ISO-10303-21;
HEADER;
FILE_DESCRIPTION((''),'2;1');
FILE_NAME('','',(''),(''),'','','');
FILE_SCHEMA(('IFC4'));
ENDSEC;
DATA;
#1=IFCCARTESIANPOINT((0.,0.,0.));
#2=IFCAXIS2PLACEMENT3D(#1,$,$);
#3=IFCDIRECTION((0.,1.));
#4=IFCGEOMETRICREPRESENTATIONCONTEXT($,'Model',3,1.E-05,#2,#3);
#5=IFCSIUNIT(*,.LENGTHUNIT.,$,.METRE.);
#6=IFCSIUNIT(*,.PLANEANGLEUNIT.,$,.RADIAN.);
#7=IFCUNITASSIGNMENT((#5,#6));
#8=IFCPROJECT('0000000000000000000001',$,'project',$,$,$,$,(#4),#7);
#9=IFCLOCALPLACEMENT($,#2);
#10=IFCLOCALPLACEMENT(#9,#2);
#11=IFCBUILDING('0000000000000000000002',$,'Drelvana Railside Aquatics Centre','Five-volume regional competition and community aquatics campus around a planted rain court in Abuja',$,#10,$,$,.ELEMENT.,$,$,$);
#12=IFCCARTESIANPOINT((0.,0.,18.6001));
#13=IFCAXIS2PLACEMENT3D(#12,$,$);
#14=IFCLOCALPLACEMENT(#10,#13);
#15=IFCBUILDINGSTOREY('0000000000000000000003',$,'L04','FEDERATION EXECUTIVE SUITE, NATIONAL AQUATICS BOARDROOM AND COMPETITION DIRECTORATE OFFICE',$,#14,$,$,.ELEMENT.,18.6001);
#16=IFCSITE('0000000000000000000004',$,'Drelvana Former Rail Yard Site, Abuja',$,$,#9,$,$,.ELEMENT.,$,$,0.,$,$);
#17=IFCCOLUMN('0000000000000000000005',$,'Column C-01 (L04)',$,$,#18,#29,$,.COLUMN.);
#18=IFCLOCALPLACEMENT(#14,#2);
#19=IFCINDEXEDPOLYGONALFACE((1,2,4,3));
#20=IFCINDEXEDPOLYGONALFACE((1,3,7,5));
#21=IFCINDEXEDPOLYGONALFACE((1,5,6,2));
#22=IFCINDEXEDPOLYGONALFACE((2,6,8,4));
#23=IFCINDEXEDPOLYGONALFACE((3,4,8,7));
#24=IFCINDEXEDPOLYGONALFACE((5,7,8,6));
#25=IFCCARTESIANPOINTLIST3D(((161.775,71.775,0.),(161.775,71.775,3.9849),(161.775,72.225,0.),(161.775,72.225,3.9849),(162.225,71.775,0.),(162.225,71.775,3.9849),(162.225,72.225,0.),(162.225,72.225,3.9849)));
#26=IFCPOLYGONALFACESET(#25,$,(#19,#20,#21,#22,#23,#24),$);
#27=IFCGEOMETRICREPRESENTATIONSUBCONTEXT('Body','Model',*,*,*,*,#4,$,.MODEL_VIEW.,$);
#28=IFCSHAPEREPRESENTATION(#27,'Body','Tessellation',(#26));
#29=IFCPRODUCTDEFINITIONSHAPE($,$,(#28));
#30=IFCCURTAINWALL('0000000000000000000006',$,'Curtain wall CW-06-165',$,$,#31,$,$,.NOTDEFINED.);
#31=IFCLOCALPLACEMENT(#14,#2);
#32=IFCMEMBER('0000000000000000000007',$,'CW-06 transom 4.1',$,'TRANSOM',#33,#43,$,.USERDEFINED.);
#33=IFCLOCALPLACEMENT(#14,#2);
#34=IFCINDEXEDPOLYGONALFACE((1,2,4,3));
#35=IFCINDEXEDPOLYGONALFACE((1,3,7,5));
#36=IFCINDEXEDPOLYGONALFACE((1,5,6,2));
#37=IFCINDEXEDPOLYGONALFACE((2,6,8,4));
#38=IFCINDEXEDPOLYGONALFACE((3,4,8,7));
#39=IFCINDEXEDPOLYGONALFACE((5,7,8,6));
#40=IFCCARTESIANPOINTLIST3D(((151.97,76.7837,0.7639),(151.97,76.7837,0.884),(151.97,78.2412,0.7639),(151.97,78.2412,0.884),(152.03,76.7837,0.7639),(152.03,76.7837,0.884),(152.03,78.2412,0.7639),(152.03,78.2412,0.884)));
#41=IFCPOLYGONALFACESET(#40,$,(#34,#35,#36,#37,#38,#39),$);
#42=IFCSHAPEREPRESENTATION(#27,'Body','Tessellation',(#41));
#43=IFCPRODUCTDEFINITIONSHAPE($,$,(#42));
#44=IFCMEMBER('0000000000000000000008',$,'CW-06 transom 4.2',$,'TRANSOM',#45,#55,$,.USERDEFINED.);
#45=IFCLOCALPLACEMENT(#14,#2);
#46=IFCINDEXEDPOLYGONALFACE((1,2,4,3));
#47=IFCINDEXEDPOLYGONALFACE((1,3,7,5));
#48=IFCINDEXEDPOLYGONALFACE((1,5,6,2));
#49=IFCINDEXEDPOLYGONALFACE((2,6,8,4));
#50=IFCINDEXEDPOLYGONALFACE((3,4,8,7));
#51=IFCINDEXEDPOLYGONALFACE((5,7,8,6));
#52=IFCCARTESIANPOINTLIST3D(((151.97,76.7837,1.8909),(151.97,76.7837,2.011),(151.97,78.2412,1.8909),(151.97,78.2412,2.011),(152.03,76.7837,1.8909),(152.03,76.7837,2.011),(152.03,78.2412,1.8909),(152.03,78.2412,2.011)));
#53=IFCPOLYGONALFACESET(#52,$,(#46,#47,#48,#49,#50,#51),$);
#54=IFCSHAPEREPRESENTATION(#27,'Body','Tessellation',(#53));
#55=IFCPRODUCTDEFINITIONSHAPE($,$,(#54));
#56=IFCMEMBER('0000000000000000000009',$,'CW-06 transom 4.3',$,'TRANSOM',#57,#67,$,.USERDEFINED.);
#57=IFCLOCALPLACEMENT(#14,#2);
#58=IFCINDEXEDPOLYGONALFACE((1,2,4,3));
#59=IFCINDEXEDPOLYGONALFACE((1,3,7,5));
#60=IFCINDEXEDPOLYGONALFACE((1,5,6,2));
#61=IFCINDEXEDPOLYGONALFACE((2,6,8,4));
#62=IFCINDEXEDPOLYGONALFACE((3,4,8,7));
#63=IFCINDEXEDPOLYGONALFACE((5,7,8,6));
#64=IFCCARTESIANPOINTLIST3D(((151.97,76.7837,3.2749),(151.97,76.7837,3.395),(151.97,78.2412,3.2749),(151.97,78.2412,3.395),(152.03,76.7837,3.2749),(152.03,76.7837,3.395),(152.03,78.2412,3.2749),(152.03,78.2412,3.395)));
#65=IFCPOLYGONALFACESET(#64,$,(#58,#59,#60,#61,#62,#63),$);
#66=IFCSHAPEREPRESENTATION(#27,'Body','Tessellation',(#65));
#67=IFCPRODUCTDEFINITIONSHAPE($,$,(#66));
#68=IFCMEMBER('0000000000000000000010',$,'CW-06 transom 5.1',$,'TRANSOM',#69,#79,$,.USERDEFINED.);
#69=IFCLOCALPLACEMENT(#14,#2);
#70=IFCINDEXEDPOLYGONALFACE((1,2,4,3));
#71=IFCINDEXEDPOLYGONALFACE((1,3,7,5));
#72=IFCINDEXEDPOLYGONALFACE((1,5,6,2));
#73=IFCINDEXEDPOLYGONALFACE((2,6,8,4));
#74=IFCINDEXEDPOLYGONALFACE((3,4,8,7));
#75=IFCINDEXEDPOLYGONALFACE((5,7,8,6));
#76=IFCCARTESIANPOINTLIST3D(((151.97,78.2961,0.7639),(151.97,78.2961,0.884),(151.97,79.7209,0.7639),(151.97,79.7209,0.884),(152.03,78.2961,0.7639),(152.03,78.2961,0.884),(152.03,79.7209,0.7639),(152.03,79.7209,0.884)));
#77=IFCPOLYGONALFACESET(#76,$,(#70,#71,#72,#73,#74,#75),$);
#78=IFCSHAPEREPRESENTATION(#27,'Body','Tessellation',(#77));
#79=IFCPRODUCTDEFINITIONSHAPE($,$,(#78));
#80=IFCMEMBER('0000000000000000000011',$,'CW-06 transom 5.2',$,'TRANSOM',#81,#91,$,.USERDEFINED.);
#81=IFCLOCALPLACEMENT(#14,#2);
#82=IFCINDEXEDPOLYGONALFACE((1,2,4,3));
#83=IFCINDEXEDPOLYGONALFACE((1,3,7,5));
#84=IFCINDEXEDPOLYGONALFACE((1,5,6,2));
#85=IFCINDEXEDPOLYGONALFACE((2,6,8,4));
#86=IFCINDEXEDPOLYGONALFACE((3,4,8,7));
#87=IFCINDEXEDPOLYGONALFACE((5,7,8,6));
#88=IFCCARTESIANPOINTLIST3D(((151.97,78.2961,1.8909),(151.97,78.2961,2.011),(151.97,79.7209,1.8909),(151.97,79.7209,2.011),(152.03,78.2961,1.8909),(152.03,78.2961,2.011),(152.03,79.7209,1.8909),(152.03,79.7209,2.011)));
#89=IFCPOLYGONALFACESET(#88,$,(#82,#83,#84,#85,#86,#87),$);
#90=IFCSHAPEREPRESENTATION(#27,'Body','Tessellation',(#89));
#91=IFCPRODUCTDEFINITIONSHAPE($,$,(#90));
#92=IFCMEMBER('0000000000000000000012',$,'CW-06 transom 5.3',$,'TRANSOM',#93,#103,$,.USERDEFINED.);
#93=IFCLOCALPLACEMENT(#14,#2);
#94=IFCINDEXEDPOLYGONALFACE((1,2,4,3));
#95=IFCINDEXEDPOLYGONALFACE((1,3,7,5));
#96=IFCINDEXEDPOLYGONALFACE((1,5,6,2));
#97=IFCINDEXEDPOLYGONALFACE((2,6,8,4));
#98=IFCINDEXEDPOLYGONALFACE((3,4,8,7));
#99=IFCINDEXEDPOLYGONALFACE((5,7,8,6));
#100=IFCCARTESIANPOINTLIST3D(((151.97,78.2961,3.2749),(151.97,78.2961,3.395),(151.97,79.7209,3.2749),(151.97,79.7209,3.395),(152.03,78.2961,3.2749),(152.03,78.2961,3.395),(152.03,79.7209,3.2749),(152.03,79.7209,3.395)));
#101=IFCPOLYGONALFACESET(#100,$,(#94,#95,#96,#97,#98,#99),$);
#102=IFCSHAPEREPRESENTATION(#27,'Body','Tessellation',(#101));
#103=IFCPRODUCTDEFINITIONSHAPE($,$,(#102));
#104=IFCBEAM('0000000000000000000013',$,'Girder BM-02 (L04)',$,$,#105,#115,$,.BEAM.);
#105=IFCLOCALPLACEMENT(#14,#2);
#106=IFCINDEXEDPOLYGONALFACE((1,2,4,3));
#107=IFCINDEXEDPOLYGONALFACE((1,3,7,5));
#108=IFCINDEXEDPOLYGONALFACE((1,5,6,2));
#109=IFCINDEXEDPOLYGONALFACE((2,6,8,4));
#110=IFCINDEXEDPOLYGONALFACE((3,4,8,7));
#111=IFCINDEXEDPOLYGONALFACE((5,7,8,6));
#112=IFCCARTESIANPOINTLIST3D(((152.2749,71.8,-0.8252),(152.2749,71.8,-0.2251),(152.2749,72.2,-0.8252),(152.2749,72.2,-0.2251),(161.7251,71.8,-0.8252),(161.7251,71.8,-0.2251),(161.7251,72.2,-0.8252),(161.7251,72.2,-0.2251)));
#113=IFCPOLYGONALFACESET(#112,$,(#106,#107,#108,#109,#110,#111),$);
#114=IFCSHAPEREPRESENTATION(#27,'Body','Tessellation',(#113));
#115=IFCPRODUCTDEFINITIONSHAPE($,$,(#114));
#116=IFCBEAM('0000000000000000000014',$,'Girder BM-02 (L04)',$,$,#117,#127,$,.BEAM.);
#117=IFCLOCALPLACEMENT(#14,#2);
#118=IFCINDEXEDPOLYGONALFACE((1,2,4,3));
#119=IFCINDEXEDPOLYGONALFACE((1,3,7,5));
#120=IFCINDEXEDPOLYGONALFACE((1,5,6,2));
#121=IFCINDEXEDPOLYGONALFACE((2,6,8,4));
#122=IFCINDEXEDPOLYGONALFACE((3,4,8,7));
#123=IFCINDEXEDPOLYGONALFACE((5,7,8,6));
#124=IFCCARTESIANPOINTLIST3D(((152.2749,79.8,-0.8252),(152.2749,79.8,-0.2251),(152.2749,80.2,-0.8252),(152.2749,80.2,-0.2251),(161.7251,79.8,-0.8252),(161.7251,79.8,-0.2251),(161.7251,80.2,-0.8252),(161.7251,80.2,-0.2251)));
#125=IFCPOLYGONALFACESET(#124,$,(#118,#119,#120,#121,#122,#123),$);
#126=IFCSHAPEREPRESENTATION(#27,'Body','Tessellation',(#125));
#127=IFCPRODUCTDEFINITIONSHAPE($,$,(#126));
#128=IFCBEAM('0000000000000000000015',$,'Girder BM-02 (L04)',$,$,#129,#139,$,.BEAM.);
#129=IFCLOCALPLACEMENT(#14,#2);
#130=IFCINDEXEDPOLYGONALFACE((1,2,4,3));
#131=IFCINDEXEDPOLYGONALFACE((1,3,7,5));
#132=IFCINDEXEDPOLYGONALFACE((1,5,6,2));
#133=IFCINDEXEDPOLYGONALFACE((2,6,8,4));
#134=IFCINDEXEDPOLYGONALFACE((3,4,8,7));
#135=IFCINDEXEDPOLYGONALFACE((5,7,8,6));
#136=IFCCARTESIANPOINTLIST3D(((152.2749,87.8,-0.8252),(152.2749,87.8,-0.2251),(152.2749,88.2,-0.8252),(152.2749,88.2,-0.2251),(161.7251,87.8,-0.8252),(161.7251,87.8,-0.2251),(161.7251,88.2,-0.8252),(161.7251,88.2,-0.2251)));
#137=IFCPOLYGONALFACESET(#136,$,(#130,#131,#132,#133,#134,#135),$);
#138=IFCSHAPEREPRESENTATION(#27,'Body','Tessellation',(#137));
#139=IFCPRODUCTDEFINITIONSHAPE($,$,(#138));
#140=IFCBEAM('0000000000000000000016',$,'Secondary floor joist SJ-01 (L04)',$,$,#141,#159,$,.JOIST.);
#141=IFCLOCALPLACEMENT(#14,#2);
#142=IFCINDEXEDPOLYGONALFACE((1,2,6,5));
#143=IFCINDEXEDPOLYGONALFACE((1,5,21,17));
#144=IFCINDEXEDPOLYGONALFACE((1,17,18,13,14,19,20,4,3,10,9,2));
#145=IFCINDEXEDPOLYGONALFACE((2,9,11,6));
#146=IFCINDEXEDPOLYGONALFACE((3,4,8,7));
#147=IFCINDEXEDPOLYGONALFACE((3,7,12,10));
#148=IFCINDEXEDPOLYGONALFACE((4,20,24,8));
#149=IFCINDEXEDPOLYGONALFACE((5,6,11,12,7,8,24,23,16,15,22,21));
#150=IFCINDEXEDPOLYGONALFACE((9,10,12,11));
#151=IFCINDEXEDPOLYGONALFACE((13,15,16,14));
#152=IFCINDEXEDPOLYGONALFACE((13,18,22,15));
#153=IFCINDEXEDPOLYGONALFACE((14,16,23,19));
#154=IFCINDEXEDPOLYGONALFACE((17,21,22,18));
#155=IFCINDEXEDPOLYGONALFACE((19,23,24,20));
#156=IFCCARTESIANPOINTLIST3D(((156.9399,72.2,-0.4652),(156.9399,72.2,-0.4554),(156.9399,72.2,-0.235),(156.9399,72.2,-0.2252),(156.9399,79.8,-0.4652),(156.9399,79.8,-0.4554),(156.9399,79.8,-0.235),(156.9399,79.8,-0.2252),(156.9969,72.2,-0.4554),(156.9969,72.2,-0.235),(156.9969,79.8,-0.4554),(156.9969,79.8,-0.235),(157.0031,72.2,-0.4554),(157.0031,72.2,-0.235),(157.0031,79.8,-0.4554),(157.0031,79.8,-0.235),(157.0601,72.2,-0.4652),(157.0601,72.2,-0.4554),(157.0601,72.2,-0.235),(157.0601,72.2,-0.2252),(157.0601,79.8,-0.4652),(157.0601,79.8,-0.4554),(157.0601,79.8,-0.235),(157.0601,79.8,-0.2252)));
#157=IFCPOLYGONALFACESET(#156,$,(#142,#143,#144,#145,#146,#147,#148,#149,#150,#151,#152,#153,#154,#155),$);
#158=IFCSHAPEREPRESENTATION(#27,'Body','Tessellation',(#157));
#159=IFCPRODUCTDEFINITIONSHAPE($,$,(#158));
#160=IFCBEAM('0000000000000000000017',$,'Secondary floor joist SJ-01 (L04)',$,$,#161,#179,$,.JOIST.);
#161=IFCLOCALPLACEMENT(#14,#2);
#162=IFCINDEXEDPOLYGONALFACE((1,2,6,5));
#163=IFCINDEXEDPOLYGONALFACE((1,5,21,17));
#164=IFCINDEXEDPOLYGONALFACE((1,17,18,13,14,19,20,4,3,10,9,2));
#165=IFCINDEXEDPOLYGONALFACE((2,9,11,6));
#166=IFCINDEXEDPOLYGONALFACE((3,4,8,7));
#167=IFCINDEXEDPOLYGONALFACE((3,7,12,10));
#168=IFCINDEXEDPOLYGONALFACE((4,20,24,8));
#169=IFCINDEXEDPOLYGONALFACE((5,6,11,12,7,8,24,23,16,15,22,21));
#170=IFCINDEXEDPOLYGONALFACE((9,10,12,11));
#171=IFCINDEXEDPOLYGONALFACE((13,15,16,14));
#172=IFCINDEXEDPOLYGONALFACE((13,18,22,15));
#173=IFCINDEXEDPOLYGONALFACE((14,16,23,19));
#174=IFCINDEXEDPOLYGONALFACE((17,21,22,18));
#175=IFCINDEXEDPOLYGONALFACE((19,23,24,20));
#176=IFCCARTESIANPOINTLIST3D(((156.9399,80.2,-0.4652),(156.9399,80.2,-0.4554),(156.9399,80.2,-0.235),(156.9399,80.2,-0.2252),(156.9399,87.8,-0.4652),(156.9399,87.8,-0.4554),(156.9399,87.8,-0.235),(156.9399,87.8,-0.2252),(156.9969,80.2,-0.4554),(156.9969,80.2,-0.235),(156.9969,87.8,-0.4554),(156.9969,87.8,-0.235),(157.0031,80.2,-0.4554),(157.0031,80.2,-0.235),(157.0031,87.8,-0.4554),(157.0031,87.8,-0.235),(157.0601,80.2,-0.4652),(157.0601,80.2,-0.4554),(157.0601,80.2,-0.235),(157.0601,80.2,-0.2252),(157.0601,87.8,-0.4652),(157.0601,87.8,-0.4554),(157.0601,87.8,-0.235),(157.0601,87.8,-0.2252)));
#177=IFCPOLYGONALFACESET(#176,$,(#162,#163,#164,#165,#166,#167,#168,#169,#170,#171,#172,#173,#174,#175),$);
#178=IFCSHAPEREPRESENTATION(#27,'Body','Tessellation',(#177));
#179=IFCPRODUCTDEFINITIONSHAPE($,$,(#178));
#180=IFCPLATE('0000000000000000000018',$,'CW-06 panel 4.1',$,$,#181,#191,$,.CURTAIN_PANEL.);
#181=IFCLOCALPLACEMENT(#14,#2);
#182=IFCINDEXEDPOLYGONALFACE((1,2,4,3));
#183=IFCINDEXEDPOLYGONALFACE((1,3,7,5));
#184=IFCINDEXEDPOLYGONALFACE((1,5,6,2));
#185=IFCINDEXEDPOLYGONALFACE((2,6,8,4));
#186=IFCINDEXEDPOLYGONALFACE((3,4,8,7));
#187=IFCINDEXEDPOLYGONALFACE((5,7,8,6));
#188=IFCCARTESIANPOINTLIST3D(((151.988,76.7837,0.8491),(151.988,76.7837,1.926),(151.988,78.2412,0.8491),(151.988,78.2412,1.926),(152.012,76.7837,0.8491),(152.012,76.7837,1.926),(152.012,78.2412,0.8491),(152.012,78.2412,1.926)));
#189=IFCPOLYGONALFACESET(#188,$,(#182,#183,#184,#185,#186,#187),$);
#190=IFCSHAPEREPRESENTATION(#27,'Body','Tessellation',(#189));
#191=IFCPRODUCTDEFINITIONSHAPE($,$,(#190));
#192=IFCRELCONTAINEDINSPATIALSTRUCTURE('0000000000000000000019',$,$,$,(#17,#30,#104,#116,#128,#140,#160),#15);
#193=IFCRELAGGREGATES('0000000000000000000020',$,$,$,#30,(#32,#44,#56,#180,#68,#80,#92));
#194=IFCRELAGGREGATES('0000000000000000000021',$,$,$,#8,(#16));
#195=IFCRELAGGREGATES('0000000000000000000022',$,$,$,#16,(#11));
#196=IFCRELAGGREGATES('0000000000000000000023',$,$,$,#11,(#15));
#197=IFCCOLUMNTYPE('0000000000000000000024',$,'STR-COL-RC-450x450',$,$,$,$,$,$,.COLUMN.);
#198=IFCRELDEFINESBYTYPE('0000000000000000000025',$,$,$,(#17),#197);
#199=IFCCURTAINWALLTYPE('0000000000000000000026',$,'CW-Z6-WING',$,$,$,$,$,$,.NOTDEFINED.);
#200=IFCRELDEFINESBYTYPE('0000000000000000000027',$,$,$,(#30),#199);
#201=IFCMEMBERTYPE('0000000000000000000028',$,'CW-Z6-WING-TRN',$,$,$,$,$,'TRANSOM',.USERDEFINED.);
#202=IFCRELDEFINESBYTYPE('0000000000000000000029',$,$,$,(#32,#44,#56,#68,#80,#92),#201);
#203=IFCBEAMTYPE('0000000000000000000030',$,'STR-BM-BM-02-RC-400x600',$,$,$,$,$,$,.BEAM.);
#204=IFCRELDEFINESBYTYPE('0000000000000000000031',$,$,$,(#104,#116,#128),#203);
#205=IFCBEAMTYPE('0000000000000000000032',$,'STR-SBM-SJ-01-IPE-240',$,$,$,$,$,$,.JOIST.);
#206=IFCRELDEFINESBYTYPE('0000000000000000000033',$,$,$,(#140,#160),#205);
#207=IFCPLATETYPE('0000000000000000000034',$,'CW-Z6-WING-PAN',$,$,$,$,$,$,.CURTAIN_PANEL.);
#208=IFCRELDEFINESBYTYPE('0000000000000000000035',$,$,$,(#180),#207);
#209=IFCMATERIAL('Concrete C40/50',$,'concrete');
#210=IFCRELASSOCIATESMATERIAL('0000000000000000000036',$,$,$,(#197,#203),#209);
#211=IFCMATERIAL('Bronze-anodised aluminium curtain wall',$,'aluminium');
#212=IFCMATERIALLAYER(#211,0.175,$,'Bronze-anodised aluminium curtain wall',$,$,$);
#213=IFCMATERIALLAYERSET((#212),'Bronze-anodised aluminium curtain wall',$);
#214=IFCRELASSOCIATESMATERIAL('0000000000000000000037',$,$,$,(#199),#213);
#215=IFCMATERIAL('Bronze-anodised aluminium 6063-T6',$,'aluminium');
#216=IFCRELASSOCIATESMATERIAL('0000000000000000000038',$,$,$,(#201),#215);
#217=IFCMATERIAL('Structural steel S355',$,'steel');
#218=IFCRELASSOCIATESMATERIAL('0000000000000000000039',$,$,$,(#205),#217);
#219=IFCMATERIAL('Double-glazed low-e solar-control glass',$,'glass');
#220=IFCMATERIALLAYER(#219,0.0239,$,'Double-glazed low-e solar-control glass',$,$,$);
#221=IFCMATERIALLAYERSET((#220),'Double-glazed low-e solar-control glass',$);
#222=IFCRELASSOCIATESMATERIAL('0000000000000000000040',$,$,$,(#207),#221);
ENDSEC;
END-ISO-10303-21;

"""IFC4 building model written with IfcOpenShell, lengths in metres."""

from ifc_helpers import new_model, si_unit, direction, frame, origin, origin_2d, place, context, subcontext, project, spatial, rectangle, i_section, extrude, material, layer, layer_set, material_profile, profile_set, type_object, element, aggregate, save


model = new_model("IFC4")

# Units and contexts
model_context = context("Model", 3, precision=1e-05, world=origin(), true_north=direction((0.0, 1.0)))
body_context = subcontext(model_context, "Body", "Model", "MODEL_VIEW")
ifc_project = project(units=[si_unit("LENGTHUNIT", "METRE"), si_unit("PLANEANGLEUNIT", "RADIAN")], contexts=[model_context])

# Site, building, storey
site_placement = place(None, origin())
site = spatial("IfcSite", under=ifc_project, at=site_placement, Name="Drelvana Former Rail Yard Site, Abuja", CompositionType="ELEMENT", RefElevation=0.0)
building_placement = place(site_placement, origin())
building = spatial("IfcBuilding", under=site, at=building_placement, Name="Drelvana Railside Aquatics Centre", Description="Five-volume regional competition and community aquatics campus around a planted rain court in Abuja", CompositionType="ELEMENT")
storey_placement = place(building_placement, frame((0.0, 0.0, 18.6001)))
storey = spatial("IfcBuildingStorey", under=building, at=storey_placement, Name="L04", Description="FEDERATION EXECUTIVE SUITE, NATIONAL AQUATICS BOARDROOM AND COMPETITION DIRECTORATE OFFICE", CompositionType="ELEMENT", Elevation=18.6001)

# Column
ifc_material_1 = material(Name="Concrete C40/50", Category="concrete")
ifc_material_profile_1 = material_profile(ifc_material_1, rectangle(XDim=0.45, YDim=0.45, at=origin_2d()), Name="RC 450x450")
ifc_profile_set_1 = profile_set([ifc_material_profile_1], Name="Concrete C40/50")
column_type = type_object("IfcColumnType", Name="STR-COL-RC-450x450", PredefinedType="COLUMN", material=ifc_profile_set_1)
column_placement = place(storey_placement, frame((162.0, 72.0, 0.0), z_axis=(0.0, 0.0, 1.0), x_axis=(1.0, 0.0, 0.0)))
element("IfcColumn", 1, at=column_placement, inside=storey, type_object=column_type, Name="Column C-01 (L04)", PredefinedType="COLUMN", context=body_context, shape_type="SweptSolid", body=[
    extrude(rectangle(XDim=0.45, YDim=0.45, at=origin_2d()), origin(), (0.0, 0.0, 1.0), 3.9849),
])

# Curtain wall, members
ifc_material_2 = material(Name="Bronze-anodised aluminium curtain wall", Category="aluminium")
ifc_layer_1 = layer(ifc_material_2, 0.175, Name="Bronze-anodised aluminium curtain wall")
ifc_layer_set_1 = layer_set([ifc_layer_1], Name="Bronze-anodised aluminium curtain wall")
curtain_wall_type = type_object("IfcCurtainWallType", Name="CW-Z6-WING", PredefinedType="NOTDEFINED", material=ifc_layer_set_1)
curtain_wall_placement = place(storey_placement, origin())
curtain_wall = element("IfcCurtainWall", 2, at=curtain_wall_placement, inside=storey, type_object=curtain_wall_type, Name="Curtain wall CW-06-165", PredefinedType="NOTDEFINED")
ifc_material_3 = material(Name="Bronze-anodised aluminium 6063-T6", Category="aluminium")
ifc_material_profile_2 = material_profile(ifc_material_3, rectangle(XDim=0.1201, YDim=0.0601, at=origin_2d()), Name="ALU-T 60x120")
ifc_profile_set_2 = profile_set([ifc_material_profile_2], Name="Bronze-anodised aluminium 6063-T6")
member_type = type_object("IfcMemberType", Name="CW-Z6-WING-TRN", ElementType="TRANSOM", PredefinedType="USERDEFINED", material=ifc_profile_set_2)
member_1_placement = place(storey_placement, frame((152.0, 76.7837, 0.824), z_axis=(0.0, 1.0, 0.0), x_axis=(0.0, 0.0, 1.0)))
member_1 = element("IfcMember", 3, at=member_1_placement, type_object=member_type, Name="CW-06 transom 4.1", ObjectType="TRANSOM", PredefinedType="USERDEFINED", context=body_context, shape_type="SweptSolid", body=[
    extrude(rectangle(XDim=0.1201, YDim=0.0601, at=origin_2d()), origin(), (0.0, 0.0, 1.0), 1.4575),
])
member_2_placement = place(storey_placement, frame((152.0, 76.7837, 1.9509), z_axis=(0.0, 1.0, 0.0), x_axis=(0.0, 0.0, 1.0)))
member_2 = element("IfcMember", 4, at=member_2_placement, type_object=member_type, Name="CW-06 transom 4.2", ObjectType="TRANSOM", PredefinedType="USERDEFINED", context=body_context, shape_type="SweptSolid", body=[
    extrude(rectangle(XDim=0.1201, YDim=0.0601, at=origin_2d()), origin(), (0.0, 0.0, 1.0), 1.4575),
])
member_3_placement = place(storey_placement, frame((152.0, 76.7837, 3.335), z_axis=(0.0, 1.0, 0.0), x_axis=(0.0, 0.0, 1.0)))
member_3 = element("IfcMember", 5, at=member_3_placement, type_object=member_type, Name="CW-06 transom 4.3", ObjectType="TRANSOM", PredefinedType="USERDEFINED", context=body_context, shape_type="SweptSolid", body=[
    extrude(rectangle(XDim=0.1201, YDim=0.0601, at=origin_2d()), origin(), (0.0, 0.0, 1.0), 1.4575),
])
member_4_placement = place(storey_placement, frame((152.0, 78.2961, 0.824), z_axis=(0.0, 1.0, 0.0), x_axis=(0.0, 0.0, 1.0)))
member_4 = element("IfcMember", 6, at=member_4_placement, type_object=member_type, Name="CW-06 transom 5.1", ObjectType="TRANSOM", PredefinedType="USERDEFINED", context=body_context, shape_type="SweptSolid", body=[
    extrude(rectangle(XDim=0.1201, YDim=0.0601, at=origin_2d()), origin(), (0.0, 0.0, 1.0), 1.4248),
])
member_5_placement = place(storey_placement, frame((152.0, 78.2961, 1.9509), z_axis=(0.0, 1.0, 0.0), x_axis=(0.0, 0.0, 1.0)))
member_5 = element("IfcMember", 7, at=member_5_placement, type_object=member_type, Name="CW-06 transom 5.2", ObjectType="TRANSOM", PredefinedType="USERDEFINED", context=body_context, shape_type="SweptSolid", body=[
    extrude(rectangle(XDim=0.1201, YDim=0.0601, at=origin_2d()), origin(), (0.0, 0.0, 1.0), 1.4248),
])
member_6_placement = place(storey_placement, frame((152.0, 78.2961, 3.335), z_axis=(0.0, 1.0, 0.0), x_axis=(0.0, 0.0, 1.0)))
member_6 = element("IfcMember", 8, at=member_6_placement, type_object=member_type, Name="CW-06 transom 5.3", ObjectType="TRANSOM", PredefinedType="USERDEFINED", context=body_context, shape_type="SweptSolid", body=[
    extrude(rectangle(XDim=0.1201, YDim=0.0601, at=origin_2d()), origin(), (0.0, 0.0, 1.0), 1.4248),
])

# Beams
ifc_material_profile_3 = material_profile(ifc_material_1, rectangle(XDim=0.3999, YDim=0.6001, at=origin_2d()), Name="RC 400x600")
ifc_profile_set_3 = profile_set([ifc_material_profile_3], Name="Concrete C40/50")
beam_type_1 = type_object("IfcBeamType", Name="STR-BM-BM-02-RC-400x600", PredefinedType="BEAM", material=ifc_profile_set_3)
for number, where, z_axis, x_axis, name in (
    (9, (152.2749, 72.0, -0.5251), (1.0, 0.0, 0.0), (0.0, 1.0, 0.0), "Girder BM-02 (L04)"),
    (10, (152.2749, 80.0, -0.5251), (1.0, 0.0, 0.0), (0.0, 1.0, 0.0), "Girder BM-02 (L04)"),
    (11, (152.2749, 88.0, -0.5251), (1.0, 0.0, 0.0), (0.0, 1.0, 0.0), "Girder BM-02 (L04)"),
):
    element("IfcBeam", number, at=place(storey_placement, frame(where, z_axis=z_axis, x_axis=x_axis)), inside=storey, type_object=beam_type_1, Name=name, PredefinedType="BEAM", context=body_context, shape_type="SweptSolid", body=[
        extrude(rectangle(XDim=0.3999, YDim=0.6001, at=origin_2d()), origin(), (0.0, 0.0, 1.0), 9.4502),
    ])
ifc_material_4 = material(Name="Structural steel S355", Category="steel")
ifc_material_profile_4 = material_profile(ifc_material_4, i_section(OverallWidth=0.1201, OverallDepth=0.24, WebThickness=0.0061, FlangeThickness=0.0098, at=origin_2d()), Name="IPE 240")
ifc_profile_set_4 = profile_set([ifc_material_profile_4], Name="Structural steel S355")
beam_type_2 = type_object("IfcBeamType", Name="STR-SBM-SJ-01-IPE-240", PredefinedType="JOIST", material=ifc_profile_set_4)
for number, where, z_axis, x_axis, name in (
    (12, (157.0, 72.2, -0.3452), (0.0, 1.0, 0.0), (-1.0, 0.0, 0.0), "Secondary floor joist SJ-01 (L04)"),
    (13, (157.0, 80.2, -0.3452), (0.0, 1.0, 0.0), (-1.0, 0.0, 0.0), "Secondary floor joist SJ-01 (L04)"),
):
    element("IfcBeam", number, at=place(storey_placement, frame(where, z_axis=z_axis, x_axis=x_axis)), inside=storey, type_object=beam_type_2, Name=name, PredefinedType="JOIST", context=body_context, shape_type="SweptSolid", body=[
        extrude(i_section(OverallWidth=0.1201, OverallDepth=0.24, WebThickness=0.0061, FlangeThickness=0.0098, at=origin_2d()), origin(), (0.0, 0.0, 1.0), 7.6001),
    ])

# Plate
ifc_material_5 = material(Name="Double-glazed low-e solar-control glass", Category="glass")
ifc_layer_2 = layer(ifc_material_5, 0.0239, Name="Double-glazed low-e solar-control glass")
ifc_layer_set_2 = layer_set([ifc_layer_2], Name="Double-glazed low-e solar-control glass")
plate_type = type_object("IfcPlateType", Name="CW-Z6-WING-PAN", PredefinedType="CURTAIN_PANEL", material=ifc_layer_set_2)
plate_1_placement = place(storey_placement, frame((152.0, 77.5125, 0.8491), z_axis=(0.0, 0.0, 1.0), x_axis=(0.0, 1.0, 0.0)))
plate_1 = element("IfcPlate", 14, at=plate_1_placement, type_object=plate_type, Name="CW-06 panel 4.1", PredefinedType="CURTAIN_PANEL", context=body_context, shape_type="SweptSolid", body=[
    extrude(rectangle(XDim=1.4575, YDim=0.0239, at=origin_2d()), origin(), (0.0, 0.0, 1.0), 1.0769),
])
aggregate(curtain_wall, [member_1, member_2, member_3, plate_1, member_4, member_5, member_6])

save(model, "model.ifc")
